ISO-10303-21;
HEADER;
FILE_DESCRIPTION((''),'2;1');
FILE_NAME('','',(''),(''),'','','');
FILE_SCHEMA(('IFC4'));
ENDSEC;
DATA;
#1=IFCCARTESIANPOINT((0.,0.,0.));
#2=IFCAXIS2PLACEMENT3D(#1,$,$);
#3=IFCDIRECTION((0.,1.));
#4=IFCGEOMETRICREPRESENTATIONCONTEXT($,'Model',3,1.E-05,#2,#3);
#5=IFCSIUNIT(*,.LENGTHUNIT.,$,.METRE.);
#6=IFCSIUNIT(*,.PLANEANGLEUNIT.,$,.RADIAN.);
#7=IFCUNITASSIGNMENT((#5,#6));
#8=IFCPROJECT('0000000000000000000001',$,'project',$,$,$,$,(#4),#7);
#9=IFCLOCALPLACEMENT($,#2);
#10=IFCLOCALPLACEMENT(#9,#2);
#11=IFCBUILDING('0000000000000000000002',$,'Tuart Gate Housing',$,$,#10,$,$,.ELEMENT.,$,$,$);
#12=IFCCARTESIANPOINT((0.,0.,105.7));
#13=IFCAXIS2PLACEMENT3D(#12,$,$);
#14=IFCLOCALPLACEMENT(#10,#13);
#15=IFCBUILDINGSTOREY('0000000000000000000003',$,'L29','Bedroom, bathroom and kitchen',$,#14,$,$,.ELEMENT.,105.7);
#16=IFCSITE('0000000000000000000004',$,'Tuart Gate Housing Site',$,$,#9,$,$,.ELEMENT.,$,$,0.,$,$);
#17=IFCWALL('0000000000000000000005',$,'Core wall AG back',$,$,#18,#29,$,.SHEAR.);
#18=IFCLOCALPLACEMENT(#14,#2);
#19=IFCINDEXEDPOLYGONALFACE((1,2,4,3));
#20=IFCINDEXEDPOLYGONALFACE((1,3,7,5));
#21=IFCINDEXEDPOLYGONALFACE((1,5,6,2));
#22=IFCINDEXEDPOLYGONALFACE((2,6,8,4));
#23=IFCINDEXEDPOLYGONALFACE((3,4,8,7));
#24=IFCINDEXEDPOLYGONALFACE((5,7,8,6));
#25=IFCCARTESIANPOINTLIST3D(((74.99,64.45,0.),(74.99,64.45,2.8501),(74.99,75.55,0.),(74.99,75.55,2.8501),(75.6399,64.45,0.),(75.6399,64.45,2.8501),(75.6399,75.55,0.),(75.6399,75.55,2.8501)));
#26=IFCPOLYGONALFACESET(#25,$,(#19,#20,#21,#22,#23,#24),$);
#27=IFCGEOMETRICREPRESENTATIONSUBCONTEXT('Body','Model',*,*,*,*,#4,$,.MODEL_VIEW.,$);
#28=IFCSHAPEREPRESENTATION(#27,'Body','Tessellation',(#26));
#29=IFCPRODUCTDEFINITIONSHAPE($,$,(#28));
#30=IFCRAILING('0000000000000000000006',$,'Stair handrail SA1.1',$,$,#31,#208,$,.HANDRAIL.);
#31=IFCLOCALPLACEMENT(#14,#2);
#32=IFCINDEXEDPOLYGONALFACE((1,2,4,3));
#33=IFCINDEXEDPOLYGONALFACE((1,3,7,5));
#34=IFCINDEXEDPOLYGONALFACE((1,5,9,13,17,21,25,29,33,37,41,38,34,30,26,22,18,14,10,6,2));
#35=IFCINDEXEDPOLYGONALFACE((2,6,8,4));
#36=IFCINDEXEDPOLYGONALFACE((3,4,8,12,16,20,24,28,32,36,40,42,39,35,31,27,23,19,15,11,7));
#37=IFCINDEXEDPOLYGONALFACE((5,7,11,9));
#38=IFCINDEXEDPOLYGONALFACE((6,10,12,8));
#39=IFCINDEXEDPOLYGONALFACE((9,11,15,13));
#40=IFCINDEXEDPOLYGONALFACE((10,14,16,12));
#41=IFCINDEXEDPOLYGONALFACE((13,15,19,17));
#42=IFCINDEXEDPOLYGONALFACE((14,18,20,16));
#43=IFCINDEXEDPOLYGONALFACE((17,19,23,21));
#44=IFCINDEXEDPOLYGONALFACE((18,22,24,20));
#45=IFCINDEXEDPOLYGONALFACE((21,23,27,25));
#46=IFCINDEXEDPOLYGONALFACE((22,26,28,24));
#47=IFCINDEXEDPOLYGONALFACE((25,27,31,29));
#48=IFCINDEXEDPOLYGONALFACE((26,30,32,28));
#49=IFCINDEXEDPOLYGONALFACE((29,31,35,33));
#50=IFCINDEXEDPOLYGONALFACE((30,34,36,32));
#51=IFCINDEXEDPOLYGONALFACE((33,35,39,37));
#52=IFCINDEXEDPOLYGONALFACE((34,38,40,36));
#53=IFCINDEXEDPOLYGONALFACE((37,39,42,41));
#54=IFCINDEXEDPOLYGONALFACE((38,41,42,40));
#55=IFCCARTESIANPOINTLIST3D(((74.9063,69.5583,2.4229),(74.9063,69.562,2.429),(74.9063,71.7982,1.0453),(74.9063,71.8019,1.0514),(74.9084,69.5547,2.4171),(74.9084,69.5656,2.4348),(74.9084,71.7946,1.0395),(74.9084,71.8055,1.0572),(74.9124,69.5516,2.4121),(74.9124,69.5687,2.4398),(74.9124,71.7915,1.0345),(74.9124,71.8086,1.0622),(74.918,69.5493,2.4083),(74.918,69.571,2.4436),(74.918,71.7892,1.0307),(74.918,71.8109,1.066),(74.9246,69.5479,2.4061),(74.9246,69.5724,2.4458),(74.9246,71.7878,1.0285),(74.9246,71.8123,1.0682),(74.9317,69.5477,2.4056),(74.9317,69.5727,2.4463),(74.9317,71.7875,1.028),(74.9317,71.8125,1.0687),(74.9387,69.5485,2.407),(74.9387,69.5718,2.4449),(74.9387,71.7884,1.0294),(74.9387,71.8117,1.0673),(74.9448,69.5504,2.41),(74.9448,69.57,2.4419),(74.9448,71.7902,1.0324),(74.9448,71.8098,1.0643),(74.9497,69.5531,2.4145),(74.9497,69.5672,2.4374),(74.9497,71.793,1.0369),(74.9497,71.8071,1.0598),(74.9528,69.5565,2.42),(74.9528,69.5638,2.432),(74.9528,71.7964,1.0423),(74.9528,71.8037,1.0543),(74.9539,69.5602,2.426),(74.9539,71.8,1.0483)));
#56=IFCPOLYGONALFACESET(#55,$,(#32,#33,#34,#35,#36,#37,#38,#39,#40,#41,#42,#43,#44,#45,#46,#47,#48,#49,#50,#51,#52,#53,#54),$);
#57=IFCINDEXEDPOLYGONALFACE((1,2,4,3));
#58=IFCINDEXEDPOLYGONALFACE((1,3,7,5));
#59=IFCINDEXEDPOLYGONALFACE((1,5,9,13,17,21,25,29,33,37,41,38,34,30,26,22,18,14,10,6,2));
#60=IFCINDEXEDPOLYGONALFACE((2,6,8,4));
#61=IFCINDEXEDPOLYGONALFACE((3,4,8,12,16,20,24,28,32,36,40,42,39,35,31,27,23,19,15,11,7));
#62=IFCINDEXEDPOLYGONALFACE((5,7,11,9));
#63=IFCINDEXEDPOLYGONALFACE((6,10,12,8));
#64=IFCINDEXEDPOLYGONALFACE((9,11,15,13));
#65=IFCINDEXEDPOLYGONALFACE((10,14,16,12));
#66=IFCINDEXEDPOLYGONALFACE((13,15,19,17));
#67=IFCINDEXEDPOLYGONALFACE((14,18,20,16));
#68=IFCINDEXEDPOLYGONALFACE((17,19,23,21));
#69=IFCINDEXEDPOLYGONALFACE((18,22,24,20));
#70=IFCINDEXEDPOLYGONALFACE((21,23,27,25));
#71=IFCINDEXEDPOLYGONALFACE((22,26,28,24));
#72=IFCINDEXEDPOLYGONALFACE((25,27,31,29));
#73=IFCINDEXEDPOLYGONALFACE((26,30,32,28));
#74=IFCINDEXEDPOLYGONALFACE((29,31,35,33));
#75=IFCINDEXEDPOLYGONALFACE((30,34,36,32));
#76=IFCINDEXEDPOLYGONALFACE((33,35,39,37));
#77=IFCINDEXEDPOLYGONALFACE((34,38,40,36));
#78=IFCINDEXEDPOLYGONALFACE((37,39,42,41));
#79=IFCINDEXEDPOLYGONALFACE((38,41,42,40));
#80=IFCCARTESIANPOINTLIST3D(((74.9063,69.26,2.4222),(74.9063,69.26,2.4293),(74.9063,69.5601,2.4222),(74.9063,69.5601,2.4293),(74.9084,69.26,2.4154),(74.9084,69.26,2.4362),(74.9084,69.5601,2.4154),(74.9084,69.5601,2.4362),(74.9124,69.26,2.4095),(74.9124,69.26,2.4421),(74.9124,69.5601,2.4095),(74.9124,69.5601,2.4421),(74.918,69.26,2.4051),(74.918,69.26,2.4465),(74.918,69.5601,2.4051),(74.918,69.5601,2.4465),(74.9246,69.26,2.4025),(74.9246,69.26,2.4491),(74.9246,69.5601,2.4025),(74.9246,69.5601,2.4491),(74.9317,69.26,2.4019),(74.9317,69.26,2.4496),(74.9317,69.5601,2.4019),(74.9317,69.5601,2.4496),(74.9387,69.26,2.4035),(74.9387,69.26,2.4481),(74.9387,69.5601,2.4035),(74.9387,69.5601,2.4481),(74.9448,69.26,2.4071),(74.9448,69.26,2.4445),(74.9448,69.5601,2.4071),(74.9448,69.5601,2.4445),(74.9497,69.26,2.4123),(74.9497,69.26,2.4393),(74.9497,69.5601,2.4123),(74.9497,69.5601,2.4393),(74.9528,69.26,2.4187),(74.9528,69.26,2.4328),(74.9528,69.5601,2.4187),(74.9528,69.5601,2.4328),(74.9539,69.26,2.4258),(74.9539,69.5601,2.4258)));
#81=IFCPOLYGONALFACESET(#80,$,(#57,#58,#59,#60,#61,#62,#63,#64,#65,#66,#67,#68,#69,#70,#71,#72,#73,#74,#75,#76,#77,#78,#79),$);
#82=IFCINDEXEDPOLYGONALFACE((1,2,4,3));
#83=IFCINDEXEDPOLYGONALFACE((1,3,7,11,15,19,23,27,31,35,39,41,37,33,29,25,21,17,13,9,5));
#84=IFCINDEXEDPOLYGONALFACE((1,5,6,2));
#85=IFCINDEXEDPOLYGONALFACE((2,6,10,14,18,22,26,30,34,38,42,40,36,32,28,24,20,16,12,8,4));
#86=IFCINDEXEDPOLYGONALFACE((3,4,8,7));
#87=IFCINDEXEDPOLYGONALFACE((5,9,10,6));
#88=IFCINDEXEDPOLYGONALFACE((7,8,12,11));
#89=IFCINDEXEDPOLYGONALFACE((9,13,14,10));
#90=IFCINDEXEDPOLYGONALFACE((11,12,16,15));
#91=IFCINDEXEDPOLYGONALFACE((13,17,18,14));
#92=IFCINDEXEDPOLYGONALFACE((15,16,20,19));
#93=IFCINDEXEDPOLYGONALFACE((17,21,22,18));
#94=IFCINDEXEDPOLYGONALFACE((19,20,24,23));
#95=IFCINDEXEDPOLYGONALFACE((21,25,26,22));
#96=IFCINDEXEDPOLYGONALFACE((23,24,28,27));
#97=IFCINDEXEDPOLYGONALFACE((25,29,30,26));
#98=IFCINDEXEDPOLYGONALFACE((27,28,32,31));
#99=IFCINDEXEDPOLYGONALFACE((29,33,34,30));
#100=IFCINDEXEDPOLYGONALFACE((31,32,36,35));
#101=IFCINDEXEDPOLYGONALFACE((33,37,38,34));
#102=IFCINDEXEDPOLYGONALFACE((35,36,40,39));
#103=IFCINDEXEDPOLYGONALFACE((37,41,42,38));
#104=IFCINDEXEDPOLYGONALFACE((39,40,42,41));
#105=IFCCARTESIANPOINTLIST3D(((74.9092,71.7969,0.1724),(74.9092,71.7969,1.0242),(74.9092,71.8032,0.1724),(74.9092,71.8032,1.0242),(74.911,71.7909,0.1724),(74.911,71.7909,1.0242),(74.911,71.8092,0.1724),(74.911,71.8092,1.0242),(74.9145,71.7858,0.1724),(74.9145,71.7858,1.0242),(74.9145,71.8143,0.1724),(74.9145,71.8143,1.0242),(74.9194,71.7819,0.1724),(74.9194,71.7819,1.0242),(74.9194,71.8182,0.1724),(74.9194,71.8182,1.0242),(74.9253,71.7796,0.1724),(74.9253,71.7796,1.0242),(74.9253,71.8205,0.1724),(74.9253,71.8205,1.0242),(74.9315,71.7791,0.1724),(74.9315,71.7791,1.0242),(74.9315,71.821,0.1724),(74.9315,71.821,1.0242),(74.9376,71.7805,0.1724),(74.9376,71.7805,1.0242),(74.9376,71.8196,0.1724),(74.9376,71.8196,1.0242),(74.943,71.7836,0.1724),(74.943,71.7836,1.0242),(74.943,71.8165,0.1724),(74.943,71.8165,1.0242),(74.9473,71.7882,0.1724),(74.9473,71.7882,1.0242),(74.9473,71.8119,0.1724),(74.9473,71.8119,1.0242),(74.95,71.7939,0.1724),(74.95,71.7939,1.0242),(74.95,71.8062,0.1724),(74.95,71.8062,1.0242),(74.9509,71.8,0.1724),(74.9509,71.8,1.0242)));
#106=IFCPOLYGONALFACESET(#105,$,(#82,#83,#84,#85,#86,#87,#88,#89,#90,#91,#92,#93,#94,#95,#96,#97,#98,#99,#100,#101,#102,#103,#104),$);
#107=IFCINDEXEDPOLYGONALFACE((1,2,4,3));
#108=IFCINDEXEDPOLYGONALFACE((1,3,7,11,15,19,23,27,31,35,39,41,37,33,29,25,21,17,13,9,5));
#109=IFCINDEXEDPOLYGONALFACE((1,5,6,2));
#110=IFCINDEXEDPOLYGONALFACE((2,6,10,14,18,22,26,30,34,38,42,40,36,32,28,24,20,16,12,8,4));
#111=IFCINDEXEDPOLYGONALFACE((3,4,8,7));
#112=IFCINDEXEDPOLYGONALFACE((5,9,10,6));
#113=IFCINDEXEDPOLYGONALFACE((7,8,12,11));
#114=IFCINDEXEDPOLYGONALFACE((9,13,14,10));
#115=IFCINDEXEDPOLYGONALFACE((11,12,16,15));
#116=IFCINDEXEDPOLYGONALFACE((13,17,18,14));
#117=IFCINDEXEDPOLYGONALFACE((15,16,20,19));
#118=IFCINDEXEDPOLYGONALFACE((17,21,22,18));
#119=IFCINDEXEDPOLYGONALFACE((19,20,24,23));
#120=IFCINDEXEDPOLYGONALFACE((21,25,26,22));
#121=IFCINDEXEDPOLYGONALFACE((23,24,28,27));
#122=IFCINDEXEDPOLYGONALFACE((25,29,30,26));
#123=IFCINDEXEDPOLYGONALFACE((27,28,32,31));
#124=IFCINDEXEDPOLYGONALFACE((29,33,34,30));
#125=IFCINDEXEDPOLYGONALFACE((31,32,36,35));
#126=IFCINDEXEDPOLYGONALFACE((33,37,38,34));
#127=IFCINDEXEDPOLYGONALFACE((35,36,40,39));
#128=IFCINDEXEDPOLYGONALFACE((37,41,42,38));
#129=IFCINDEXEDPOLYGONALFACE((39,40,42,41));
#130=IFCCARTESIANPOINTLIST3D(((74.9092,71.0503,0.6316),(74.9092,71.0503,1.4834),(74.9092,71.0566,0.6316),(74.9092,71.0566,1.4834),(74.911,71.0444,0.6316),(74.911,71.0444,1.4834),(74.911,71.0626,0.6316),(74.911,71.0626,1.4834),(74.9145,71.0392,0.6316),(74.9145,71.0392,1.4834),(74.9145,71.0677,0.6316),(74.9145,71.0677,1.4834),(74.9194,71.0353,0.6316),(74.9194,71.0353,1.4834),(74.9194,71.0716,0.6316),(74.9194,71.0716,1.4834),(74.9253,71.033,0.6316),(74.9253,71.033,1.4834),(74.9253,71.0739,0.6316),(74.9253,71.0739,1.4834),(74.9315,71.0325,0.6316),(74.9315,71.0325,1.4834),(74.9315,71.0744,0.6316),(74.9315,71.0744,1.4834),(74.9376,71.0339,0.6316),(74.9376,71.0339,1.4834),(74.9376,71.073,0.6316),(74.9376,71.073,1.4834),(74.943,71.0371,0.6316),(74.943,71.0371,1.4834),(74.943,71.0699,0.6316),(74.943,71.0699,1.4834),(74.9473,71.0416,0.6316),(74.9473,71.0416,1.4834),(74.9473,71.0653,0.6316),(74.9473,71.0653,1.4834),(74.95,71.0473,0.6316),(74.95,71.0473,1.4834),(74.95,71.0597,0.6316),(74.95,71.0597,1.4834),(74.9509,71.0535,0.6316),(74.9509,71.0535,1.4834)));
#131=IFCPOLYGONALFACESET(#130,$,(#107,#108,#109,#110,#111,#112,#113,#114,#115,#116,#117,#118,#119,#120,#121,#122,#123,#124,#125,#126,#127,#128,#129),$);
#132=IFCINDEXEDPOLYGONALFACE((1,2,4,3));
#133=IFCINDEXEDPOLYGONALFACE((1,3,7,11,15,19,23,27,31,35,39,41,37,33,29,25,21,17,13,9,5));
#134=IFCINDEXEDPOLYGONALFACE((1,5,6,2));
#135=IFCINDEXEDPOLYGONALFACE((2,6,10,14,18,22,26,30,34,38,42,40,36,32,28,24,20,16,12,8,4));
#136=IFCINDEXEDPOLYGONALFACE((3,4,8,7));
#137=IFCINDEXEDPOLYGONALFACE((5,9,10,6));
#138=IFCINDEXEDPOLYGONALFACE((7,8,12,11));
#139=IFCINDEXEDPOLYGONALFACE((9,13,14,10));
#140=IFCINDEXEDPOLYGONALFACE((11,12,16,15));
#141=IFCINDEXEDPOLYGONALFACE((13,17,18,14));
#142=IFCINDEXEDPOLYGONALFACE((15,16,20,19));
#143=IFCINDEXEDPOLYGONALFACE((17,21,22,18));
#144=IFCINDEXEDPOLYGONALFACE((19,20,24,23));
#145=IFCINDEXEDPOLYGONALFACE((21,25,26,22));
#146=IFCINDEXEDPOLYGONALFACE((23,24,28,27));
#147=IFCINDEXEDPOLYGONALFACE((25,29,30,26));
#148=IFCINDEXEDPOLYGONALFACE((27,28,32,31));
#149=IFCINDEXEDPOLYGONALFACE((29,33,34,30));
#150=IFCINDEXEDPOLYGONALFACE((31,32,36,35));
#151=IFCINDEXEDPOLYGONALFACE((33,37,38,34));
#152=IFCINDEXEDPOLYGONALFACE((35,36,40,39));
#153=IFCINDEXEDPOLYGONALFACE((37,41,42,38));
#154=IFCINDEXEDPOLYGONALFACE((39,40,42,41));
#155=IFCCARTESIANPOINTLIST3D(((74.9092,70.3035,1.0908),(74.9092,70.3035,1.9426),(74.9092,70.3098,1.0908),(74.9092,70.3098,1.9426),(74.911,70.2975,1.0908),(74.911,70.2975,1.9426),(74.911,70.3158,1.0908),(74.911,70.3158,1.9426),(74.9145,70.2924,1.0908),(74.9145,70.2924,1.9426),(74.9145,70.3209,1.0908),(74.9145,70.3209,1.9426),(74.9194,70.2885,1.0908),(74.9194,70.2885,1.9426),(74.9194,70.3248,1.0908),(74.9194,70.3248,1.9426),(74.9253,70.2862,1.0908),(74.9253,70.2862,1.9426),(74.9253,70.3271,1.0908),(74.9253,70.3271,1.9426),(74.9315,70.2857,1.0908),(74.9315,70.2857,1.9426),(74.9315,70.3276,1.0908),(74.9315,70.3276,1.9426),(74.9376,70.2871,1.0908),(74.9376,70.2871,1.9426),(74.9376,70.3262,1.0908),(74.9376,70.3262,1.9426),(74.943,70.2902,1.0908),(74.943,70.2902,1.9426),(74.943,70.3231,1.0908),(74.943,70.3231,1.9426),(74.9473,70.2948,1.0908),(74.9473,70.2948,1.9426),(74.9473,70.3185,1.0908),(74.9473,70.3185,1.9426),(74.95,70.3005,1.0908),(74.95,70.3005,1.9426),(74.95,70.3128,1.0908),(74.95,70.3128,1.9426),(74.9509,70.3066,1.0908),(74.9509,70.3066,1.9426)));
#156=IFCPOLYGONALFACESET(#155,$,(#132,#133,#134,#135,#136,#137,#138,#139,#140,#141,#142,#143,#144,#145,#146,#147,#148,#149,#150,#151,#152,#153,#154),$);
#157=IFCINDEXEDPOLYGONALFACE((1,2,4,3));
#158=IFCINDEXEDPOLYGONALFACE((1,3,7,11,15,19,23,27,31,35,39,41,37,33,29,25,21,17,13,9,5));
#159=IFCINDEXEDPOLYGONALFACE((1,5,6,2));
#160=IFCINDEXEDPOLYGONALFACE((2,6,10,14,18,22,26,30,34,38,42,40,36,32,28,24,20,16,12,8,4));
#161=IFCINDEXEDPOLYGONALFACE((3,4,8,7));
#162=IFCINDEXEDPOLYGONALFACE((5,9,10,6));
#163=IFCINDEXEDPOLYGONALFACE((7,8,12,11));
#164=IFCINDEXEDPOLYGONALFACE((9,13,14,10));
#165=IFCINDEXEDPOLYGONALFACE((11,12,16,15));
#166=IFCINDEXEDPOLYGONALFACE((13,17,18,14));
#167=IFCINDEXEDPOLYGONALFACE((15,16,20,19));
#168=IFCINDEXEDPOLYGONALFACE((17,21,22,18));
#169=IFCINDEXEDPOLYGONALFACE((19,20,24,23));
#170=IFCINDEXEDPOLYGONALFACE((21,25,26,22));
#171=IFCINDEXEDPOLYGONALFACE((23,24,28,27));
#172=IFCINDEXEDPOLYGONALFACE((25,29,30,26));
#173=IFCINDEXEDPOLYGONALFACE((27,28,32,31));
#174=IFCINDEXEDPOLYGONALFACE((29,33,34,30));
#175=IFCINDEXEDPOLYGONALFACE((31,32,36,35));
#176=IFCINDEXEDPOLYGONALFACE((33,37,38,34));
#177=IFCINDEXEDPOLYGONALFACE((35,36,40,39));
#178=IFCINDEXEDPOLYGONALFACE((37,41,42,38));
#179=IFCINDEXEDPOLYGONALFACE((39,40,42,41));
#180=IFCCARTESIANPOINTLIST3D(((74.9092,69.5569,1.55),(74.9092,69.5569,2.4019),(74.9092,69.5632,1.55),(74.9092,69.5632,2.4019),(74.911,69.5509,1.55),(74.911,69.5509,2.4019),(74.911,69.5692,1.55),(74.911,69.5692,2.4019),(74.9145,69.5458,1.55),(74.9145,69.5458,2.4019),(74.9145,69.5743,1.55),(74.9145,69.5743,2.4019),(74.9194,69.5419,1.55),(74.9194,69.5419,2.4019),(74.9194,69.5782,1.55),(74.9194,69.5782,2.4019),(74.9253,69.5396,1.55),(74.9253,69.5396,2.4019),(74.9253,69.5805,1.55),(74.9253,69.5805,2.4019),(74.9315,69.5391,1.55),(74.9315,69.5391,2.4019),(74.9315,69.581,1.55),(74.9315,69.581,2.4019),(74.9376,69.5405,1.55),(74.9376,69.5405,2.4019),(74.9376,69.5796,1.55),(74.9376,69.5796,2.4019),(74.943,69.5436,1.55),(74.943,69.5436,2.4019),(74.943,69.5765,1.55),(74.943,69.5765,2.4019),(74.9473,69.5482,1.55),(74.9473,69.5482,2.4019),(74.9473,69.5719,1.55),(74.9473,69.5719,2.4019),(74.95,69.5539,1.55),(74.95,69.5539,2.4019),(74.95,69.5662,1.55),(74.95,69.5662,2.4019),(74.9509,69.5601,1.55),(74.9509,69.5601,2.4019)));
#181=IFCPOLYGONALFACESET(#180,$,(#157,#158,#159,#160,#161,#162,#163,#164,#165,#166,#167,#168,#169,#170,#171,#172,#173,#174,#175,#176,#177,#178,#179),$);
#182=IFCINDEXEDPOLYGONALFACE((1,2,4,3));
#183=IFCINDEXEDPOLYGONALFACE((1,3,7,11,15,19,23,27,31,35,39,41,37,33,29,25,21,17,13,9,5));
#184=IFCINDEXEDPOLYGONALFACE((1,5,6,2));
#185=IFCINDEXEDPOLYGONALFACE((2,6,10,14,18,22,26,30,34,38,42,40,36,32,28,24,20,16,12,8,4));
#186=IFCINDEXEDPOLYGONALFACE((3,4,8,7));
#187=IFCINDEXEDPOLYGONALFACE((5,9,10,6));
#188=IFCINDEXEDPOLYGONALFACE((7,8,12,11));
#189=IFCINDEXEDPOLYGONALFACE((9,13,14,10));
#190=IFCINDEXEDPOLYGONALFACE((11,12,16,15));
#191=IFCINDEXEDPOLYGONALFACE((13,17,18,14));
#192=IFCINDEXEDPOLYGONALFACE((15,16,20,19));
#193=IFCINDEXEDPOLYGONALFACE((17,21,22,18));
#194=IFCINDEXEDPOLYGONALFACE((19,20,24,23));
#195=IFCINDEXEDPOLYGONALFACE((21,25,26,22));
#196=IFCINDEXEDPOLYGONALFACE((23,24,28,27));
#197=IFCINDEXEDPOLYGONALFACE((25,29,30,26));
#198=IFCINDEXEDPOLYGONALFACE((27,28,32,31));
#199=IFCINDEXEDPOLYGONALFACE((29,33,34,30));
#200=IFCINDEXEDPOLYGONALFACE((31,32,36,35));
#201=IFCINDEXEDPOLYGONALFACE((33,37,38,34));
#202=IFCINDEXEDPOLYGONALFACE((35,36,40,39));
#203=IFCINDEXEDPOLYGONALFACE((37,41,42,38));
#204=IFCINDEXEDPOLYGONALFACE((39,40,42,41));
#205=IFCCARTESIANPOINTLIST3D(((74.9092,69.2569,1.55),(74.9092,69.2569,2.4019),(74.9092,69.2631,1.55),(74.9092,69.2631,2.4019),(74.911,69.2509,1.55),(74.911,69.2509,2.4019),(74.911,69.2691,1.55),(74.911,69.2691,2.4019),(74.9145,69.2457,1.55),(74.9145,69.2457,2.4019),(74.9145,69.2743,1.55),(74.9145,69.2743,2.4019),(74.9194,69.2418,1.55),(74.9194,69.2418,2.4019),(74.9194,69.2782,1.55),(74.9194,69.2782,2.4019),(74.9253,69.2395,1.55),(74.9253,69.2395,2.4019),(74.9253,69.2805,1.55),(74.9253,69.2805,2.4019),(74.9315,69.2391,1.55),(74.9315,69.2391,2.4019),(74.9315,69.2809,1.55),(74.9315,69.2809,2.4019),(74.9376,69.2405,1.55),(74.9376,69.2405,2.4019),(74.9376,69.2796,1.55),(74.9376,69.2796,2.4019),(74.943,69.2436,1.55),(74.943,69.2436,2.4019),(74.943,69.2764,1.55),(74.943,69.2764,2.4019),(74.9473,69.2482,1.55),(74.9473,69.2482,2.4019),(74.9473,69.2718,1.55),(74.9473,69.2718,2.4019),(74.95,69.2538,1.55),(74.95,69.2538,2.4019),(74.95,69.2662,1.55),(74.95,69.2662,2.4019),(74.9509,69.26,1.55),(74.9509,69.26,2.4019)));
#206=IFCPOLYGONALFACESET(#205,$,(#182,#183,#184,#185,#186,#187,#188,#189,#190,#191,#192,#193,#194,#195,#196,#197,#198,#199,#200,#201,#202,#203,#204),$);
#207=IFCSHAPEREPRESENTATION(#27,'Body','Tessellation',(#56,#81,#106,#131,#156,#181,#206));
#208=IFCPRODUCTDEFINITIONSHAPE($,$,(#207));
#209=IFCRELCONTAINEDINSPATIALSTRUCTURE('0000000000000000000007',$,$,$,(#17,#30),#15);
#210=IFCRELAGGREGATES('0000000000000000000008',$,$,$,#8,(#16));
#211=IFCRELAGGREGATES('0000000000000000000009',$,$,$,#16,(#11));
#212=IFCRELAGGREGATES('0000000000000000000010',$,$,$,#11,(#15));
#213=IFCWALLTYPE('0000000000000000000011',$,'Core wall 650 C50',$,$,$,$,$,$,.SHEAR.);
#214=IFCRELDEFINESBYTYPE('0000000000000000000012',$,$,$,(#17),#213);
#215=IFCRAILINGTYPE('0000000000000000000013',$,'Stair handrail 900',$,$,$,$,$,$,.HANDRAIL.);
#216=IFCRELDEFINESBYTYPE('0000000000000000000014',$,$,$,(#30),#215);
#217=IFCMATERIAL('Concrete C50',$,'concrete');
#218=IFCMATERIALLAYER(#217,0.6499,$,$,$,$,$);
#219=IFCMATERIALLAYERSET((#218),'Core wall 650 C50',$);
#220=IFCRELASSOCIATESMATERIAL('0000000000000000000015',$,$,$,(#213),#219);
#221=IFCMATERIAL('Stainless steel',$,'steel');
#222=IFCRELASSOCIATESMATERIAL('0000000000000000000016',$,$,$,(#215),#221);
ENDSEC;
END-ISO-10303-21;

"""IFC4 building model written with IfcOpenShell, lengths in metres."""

from ifc_helpers import new_model, si_unit, direction, frame, frame_2d, origin, origin_2d, place, context, subcontext, project, spatial, rectangle, circle, extrude, material, layer, layer_set, type_object, element, save


model = new_model("IFC4")

# Units and contexts
model_context = context("Model", 3, precision=1e-05, world=origin(), true_north=direction((0.0, 1.0)))
body_context = subcontext(model_context, "Body", "Model", "MODEL_VIEW")
ifc_project = project(units=[si_unit("LENGTHUNIT", "METRE"), si_unit("PLANEANGLEUNIT", "RADIAN")], contexts=[model_context])

# Site, building, storey
site_placement = place(None, origin())
site = spatial("IfcSite", under=ifc_project, at=site_placement, Name="Tuart Gate Housing Site", CompositionType="ELEMENT", RefElevation=0.0)
building_placement = place(site_placement, origin())
building = spatial("IfcBuilding", under=site, at=building_placement, Name="Tuart Gate Housing", CompositionType="ELEMENT")
storey_placement = place(building_placement, frame((0.0, 0.0, 105.7)))
storey = spatial("IfcBuildingStorey", under=building, at=storey_placement, Name="L29", Description="Bedroom, bathroom and kitchen", CompositionType="ELEMENT", Elevation=105.7)

# Wall
ifc_material_1 = material(Name="Concrete C50", Category="concrete")
ifc_layer = layer(ifc_material_1, 0.6499)
ifc_layer_set = layer_set([ifc_layer], Name="Core wall 650 C50")
wall_type = type_object("IfcWallType", Name="Core wall 650 C50", PredefinedType="SHEAR", material=ifc_layer_set)
wall_placement = place(storey_placement, frame((75.3149, 64.45, 0.0), z_axis=(0.0, 0.0, 1.0), x_axis=(0.0, 1.0, 0.0)))
element("IfcWall", 1, at=wall_placement, inside=storey, type_object=wall_type, Name="Core wall AG back", PredefinedType="SHEAR", context=body_context, shape_type="SweptSolid", body=[
    extrude(rectangle(XDim=11.1001, YDim=0.6499, at=frame_2d((5.55, 0.0))), origin(), (0.0, 0.0, 1.0), 2.8501),
])

# Railing
ifc_material_2 = material(Name="Stainless steel", Category="steel")
railing_type = type_object("IfcRailingType", Name="Stair handrail 900", PredefinedType="HANDRAIL", material=ifc_material_2)
railing_placement = place(storey_placement, frame((74.9299, 71.8, 0.1724)))
element("IfcRailing", 2, at=railing_placement, inside=storey, type_object=railing_type, Name="Stair handrail SA1.1", PredefinedType="HANDRAIL", context=body_context, shape_type="SweptSolid", body=[
    extrude(circle(Radius=0.0239, at=origin_2d()), frame((0.0, 0.0, 0.876), z_axis=(0.0, -0.851789, 0.523885), x_axis=(1.0, 0.0, 0.0)), (0.0, 0.0, 1.0), 2.6296),
    extrude(circle(Radius=0.0239, at=origin_2d()), frame((0.0, -2.24, 2.2534), z_axis=(0.0, -1.0, 0.0), x_axis=(1.0, 0.0, 0.0)), (0.0, 0.0, 1.0), 0.3),
    extrude(circle(Radius=0.021, at=origin_2d()), origin(), (0.0, 0.0, 1.0), 0.8518),
    extrude(circle(Radius=0.021, at=origin_2d()), frame((0.0, -0.7466, 0.4592)), (0.0, 0.0, 1.0), 0.8518),
    extrude(circle(Radius=0.021, at=origin_2d()), frame((0.0, -1.4934, 0.9185)), (0.0, 0.0, 1.0), 0.8518),
    extrude(circle(Radius=0.021, at=origin_2d()), frame((0.0, -2.24, 1.3777)), (0.0, 0.0, 1.0), 0.8518),
    extrude(circle(Radius=0.021, at=origin_2d()), frame((0.0, -2.54, 1.3777)), (0.0, 0.0, 1.0), 0.8518),
])

save(model, "model.ifc")
